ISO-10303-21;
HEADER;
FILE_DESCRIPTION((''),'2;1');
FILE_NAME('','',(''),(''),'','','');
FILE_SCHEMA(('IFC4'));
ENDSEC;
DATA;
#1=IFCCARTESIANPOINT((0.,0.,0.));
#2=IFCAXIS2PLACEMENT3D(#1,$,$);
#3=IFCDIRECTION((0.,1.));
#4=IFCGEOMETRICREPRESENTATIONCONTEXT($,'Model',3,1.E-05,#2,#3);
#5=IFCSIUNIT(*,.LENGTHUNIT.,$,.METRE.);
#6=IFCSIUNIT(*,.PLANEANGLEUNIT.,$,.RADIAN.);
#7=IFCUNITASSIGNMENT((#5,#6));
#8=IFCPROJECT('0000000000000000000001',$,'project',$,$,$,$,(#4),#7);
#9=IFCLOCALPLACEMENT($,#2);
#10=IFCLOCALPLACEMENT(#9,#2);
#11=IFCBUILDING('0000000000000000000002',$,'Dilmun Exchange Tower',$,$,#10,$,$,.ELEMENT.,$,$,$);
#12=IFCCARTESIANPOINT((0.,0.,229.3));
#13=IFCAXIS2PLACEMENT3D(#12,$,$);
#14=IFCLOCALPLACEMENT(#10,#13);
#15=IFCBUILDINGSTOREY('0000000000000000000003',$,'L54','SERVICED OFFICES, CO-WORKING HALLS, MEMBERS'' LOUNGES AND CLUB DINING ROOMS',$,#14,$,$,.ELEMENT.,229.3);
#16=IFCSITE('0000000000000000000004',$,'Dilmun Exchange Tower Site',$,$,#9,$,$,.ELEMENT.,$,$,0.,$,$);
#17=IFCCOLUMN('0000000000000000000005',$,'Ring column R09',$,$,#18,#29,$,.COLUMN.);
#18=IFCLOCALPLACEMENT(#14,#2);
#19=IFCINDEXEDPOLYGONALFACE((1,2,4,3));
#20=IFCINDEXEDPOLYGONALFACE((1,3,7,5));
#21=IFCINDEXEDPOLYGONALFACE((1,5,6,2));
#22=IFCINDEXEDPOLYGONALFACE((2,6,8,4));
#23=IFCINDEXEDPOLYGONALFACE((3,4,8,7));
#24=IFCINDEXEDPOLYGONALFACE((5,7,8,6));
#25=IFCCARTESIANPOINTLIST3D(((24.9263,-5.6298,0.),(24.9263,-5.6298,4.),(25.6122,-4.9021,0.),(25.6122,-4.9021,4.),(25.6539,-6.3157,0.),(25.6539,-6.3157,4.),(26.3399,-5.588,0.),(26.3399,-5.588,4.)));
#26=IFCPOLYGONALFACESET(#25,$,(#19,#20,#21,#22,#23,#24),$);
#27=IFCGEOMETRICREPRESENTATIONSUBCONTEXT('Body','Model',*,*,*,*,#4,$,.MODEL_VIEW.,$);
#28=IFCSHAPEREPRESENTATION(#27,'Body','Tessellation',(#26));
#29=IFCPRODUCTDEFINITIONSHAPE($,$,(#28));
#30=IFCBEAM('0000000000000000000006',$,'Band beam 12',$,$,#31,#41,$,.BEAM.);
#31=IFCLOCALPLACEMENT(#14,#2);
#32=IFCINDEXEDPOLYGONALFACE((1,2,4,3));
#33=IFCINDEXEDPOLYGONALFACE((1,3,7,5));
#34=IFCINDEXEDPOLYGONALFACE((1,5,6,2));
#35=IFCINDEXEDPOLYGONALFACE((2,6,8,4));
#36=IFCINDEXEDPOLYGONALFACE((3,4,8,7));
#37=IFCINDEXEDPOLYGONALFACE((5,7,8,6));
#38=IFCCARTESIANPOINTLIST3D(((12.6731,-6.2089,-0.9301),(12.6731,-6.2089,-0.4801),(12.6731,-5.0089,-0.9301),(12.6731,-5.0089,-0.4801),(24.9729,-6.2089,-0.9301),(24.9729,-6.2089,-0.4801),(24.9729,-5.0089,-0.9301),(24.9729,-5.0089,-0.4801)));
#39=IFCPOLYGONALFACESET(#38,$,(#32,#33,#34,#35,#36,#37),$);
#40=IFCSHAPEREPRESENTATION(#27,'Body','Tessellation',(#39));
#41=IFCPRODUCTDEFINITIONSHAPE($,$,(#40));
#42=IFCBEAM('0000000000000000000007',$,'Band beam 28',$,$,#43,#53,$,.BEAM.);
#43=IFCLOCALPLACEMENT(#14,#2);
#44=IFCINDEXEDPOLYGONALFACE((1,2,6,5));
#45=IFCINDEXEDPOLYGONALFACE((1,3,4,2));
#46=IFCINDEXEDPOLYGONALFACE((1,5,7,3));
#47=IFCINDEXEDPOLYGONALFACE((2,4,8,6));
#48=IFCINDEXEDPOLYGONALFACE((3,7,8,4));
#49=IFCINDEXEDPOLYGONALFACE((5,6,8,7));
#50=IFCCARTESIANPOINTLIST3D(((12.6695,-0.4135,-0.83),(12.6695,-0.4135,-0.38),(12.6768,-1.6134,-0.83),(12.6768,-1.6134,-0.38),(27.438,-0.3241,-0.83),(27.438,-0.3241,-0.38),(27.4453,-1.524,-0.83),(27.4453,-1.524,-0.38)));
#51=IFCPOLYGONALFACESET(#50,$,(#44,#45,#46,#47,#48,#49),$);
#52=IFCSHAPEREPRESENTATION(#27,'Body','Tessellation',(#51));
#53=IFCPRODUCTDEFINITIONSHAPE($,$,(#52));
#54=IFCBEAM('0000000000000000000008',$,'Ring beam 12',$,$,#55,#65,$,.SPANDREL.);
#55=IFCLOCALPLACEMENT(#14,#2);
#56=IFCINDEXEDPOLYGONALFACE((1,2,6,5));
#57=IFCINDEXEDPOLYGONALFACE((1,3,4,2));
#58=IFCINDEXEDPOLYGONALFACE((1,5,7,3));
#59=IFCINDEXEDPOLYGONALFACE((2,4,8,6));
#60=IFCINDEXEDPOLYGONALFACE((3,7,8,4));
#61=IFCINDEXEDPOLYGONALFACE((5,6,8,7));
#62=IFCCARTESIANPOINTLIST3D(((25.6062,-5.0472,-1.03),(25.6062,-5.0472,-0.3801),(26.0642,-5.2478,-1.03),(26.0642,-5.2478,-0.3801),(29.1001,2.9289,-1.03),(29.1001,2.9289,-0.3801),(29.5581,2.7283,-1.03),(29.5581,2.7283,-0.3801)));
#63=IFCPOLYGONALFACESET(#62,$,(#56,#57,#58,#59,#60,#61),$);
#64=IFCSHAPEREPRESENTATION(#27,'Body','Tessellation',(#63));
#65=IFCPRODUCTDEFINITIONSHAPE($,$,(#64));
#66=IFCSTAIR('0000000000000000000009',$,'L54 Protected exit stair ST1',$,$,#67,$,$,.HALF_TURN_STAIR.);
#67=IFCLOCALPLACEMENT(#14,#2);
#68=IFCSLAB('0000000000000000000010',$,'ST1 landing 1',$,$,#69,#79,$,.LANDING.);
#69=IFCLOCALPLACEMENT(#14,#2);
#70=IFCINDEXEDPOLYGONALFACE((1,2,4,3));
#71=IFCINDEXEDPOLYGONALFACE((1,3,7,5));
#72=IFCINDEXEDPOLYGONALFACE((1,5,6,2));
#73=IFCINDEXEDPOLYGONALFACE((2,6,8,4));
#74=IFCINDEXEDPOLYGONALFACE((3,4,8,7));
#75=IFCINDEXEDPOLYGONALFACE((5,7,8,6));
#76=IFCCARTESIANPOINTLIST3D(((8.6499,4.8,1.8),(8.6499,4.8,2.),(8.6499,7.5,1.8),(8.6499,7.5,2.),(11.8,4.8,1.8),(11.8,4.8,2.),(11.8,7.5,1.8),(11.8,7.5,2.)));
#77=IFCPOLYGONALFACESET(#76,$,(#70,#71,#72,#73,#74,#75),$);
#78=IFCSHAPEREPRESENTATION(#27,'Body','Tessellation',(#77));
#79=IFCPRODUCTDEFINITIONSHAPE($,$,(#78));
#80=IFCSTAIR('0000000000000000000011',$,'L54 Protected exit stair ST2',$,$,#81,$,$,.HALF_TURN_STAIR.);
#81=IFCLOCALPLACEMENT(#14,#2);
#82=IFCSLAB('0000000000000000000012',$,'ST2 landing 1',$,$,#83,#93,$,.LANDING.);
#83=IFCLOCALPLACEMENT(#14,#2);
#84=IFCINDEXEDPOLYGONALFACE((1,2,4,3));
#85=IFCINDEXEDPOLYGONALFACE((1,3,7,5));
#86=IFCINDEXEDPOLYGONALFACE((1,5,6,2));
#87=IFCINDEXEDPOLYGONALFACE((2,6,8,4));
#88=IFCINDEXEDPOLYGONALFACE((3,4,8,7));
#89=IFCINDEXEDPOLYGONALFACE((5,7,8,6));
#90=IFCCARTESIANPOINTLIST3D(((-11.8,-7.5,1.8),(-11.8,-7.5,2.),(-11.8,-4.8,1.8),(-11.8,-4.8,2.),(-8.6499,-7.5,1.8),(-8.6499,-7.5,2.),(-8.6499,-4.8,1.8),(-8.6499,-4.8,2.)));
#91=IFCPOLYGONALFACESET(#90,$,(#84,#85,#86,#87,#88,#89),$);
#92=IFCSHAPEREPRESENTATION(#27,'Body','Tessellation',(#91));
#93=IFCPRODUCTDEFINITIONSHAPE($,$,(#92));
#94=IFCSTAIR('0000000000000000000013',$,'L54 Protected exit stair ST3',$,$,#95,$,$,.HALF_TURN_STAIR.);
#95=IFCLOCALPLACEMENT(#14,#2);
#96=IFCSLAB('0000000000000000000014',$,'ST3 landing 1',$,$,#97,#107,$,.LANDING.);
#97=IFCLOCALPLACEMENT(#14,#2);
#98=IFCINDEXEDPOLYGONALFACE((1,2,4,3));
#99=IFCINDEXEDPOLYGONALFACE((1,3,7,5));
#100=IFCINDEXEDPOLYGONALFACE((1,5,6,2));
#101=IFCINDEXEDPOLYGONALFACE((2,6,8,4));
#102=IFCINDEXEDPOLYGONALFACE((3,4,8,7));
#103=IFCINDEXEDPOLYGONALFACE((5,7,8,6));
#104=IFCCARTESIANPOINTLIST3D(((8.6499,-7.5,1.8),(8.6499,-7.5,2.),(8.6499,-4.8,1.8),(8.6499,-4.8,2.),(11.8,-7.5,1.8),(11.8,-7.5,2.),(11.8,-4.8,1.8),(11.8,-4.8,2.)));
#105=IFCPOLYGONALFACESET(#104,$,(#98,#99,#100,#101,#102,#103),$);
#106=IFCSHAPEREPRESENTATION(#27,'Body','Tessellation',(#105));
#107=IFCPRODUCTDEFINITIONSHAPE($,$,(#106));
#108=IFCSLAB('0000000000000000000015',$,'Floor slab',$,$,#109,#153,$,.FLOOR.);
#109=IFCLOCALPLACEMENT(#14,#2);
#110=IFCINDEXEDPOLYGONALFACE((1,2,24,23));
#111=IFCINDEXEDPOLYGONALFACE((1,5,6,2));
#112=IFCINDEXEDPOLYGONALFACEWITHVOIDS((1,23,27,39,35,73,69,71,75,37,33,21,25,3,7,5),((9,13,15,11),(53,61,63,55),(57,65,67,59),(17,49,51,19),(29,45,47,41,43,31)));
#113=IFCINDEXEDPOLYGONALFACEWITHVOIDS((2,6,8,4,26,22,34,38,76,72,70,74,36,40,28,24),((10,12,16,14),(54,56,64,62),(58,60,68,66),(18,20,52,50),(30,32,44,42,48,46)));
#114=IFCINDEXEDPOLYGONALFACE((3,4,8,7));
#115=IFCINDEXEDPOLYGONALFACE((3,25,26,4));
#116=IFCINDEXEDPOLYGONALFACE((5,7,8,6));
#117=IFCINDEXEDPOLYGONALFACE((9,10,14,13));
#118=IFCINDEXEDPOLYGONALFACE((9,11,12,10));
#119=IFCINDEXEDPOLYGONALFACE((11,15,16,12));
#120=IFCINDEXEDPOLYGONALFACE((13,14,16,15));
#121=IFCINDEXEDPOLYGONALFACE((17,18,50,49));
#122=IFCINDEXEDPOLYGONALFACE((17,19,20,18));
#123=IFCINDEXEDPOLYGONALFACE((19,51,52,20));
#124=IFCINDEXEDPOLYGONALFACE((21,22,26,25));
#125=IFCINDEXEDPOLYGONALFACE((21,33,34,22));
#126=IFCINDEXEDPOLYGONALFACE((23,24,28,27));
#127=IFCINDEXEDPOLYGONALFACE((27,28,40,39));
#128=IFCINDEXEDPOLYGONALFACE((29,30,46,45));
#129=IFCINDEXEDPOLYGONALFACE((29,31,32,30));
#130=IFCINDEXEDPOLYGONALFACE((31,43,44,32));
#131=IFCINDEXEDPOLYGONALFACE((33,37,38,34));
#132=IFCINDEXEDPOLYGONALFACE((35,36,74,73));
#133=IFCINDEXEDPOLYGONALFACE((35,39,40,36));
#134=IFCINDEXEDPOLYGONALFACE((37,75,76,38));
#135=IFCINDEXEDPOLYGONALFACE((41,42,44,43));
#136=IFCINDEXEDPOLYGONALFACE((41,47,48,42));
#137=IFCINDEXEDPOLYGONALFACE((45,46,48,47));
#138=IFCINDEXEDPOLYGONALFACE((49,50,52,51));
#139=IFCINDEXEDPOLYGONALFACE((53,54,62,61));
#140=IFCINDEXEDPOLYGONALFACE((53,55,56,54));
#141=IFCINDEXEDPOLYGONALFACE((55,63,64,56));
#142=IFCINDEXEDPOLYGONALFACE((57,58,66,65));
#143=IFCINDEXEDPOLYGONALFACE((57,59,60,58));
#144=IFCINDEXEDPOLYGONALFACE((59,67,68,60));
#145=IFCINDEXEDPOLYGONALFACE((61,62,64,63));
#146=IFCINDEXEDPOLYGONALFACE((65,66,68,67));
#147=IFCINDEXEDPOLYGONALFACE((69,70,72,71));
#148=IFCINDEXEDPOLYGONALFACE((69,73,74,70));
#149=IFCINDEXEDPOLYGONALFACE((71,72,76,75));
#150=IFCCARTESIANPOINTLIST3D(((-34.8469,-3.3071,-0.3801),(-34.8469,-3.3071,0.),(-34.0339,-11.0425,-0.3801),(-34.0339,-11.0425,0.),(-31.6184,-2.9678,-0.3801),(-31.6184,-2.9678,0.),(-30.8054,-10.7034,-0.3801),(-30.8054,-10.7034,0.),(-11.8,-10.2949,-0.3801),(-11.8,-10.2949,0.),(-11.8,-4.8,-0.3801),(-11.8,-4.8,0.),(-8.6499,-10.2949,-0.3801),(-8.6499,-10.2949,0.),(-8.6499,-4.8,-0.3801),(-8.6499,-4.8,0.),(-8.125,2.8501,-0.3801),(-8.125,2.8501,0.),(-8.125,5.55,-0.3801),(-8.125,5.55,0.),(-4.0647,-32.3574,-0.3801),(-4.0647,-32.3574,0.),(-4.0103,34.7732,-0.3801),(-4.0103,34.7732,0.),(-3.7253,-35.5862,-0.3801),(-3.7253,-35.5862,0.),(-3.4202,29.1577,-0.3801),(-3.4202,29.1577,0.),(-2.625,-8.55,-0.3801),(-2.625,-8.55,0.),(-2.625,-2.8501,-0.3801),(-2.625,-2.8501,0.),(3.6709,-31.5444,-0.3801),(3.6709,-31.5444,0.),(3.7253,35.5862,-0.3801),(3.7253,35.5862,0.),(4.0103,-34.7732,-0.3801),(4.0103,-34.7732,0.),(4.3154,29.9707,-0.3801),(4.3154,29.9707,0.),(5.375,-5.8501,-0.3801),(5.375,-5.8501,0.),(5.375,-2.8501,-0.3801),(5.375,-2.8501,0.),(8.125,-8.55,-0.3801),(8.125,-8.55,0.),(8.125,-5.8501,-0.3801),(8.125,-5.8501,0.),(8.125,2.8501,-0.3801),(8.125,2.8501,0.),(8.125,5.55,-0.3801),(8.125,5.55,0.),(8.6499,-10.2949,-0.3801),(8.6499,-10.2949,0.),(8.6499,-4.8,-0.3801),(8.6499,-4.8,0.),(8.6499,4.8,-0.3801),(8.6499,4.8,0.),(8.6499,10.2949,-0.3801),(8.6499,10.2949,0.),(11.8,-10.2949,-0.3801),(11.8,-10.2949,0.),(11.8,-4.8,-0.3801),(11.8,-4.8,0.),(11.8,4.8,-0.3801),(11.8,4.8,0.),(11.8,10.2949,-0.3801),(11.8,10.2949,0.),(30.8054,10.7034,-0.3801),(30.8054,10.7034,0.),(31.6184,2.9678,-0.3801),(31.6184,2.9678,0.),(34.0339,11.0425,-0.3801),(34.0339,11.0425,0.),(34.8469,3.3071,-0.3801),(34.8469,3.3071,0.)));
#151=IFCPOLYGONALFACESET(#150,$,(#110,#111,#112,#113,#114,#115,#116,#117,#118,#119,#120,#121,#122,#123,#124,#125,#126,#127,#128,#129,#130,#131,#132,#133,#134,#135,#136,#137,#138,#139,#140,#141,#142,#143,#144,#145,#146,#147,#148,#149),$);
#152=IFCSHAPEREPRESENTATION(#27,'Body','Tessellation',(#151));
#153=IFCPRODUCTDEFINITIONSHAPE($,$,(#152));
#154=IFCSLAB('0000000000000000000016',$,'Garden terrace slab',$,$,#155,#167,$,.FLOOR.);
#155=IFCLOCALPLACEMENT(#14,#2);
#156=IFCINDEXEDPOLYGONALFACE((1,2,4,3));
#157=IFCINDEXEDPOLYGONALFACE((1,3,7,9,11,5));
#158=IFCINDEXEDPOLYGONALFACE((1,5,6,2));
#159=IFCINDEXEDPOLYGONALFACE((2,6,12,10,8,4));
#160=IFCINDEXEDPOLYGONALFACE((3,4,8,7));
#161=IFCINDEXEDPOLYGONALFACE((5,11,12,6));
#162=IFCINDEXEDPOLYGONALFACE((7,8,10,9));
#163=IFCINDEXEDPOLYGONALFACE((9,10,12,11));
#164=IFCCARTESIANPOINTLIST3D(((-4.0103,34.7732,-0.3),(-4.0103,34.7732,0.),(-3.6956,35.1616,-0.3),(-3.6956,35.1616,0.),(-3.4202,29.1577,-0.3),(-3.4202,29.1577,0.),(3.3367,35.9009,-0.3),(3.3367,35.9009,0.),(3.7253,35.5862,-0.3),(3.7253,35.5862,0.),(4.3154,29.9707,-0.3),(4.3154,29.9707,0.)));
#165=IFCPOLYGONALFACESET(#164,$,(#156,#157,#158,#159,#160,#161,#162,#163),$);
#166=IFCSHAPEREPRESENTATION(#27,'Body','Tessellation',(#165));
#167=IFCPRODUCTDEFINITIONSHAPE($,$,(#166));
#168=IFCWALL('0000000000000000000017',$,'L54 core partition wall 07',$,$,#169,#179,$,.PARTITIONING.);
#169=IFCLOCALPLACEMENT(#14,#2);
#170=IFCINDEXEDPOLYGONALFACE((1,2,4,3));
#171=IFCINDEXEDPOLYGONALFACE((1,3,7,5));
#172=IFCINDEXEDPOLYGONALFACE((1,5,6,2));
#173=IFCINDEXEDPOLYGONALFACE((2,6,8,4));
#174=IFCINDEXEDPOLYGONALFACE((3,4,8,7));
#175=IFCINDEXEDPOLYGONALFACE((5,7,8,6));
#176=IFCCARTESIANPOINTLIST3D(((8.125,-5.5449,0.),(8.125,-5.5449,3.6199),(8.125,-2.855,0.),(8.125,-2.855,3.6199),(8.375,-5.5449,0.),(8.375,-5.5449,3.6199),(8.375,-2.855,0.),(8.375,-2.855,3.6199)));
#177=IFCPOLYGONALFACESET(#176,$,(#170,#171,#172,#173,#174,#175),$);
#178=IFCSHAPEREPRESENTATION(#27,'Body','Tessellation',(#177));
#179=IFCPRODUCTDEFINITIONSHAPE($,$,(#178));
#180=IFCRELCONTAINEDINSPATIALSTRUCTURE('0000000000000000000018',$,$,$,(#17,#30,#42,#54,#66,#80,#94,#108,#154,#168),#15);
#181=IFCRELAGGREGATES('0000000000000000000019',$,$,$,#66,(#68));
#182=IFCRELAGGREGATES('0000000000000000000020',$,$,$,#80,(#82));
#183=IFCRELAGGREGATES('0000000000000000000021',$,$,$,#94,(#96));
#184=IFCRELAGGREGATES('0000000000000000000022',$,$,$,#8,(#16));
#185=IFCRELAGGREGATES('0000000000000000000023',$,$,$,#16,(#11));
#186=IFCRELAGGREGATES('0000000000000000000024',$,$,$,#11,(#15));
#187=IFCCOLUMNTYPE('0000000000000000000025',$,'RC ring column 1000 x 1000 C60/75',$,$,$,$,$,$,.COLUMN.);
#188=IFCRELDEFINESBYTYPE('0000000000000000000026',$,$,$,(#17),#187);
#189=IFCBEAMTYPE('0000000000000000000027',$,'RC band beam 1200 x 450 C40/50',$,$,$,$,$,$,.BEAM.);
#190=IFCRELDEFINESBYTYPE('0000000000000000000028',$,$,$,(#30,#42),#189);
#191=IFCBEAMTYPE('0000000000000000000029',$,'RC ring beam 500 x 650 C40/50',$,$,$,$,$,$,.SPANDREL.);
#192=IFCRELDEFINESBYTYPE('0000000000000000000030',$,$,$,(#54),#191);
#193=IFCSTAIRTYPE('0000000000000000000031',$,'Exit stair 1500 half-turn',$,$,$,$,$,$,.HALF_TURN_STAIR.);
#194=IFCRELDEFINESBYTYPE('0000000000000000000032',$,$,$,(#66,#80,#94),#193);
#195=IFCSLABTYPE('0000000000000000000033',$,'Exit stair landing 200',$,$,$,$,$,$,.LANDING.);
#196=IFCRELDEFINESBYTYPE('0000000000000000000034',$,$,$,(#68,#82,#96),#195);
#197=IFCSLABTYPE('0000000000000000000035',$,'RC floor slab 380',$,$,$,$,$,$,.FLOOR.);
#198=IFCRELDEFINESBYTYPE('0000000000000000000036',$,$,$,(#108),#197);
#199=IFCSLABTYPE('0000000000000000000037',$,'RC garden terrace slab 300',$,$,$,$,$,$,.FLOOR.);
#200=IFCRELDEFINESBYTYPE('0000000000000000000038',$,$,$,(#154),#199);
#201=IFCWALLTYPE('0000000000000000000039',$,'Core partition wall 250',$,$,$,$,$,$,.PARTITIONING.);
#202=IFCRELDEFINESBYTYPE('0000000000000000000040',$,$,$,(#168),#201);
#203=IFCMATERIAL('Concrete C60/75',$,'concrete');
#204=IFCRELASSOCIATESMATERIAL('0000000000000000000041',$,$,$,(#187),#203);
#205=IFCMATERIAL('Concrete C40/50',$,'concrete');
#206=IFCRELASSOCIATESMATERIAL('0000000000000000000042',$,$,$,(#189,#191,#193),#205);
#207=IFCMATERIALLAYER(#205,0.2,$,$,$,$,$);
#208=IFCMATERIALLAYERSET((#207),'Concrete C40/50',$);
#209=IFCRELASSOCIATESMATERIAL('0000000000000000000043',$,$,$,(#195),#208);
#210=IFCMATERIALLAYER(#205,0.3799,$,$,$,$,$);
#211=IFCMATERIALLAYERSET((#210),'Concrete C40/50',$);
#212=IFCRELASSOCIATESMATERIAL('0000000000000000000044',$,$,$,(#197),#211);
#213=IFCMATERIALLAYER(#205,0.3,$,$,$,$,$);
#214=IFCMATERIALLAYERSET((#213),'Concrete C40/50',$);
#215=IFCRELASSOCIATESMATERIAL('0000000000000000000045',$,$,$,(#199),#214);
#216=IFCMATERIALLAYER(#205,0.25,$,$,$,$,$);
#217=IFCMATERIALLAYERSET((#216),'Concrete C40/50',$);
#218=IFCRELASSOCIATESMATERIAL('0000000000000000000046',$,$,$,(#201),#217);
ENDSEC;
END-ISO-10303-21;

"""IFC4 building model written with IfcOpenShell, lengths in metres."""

from ifc_helpers import new_model, si_unit, direction, frame, frame_2d, origin, origin_2d, place, context, subcontext, project, spatial, polyline, rectangle, outline, extrude, material, layer, layer_set, material_profile, profile_set, type_object, element, aggregate, save


model = new_model("IFC4")

# Units and contexts
model_context = context("Model", 3, precision=1e-05, world=origin(), true_north=direction((0.0, 1.0)))
body_context = subcontext(model_context, "Body", "Model", "MODEL_VIEW")
ifc_project = project(units=[si_unit("LENGTHUNIT", "METRE"), si_unit("PLANEANGLEUNIT", "RADIAN")], contexts=[model_context])

# Site, building, storey
site_placement = place(None, origin())
site = spatial("IfcSite", under=ifc_project, at=site_placement, Name="Dilmun Exchange Tower Site", CompositionType="ELEMENT", RefElevation=0.0)
building_placement = place(site_placement, origin())
building = spatial("IfcBuilding", under=site, at=building_placement, Name="Dilmun Exchange Tower", CompositionType="ELEMENT")
storey_placement = place(building_placement, frame((0.0, 0.0, 229.3)))
storey = spatial("IfcBuildingStorey", under=building, at=storey_placement, Name="L54", Description="SERVICED OFFICES, CO-WORKING HALLS, MEMBERS' LOUNGES AND CLUB DINING ROOMS", CompositionType="ELEMENT", Elevation=229.3)

# Column
ifc_material_1 = material(Name="Concrete C60/75", Category="concrete")
ifc_material_profile_1 = material_profile(ifc_material_1, rectangle(XDim=1.0, YDim=1.0, at=origin_2d()), Name="1000 x 1000")
ifc_profile_set_1 = profile_set([ifc_material_profile_1], Name="Concrete C60/75")
column_type = type_object("IfcColumnType", Name="RC ring column 1000 x 1000 C60/75", PredefinedType="COLUMN", material=ifc_profile_set_1)
column_placement = place(storey_placement, frame((25.6331, -5.6089, 0.0), z_axis=(0.0, 0.0, 1.0), x_axis=(0.685916, 0.727681, 0.0)))
element("IfcColumn", 1, at=column_placement, inside=storey, type_object=column_type, Name="Ring column R09", PredefinedType="COLUMN", context=body_context, shape_type="SweptSolid", body=[
    extrude(rectangle(XDim=1.0, YDim=1.0, at=origin_2d()), origin(), (0.0, 0.0, 1.0), 4.0),
])

# Beams
ifc_material_2 = material(Name="Concrete C40/50", Category="concrete")
ifc_material_profile_2 = material_profile(ifc_material_2, rectangle(XDim=1.2, YDim=0.45, at=origin_2d()), Name="1200 x 450")
ifc_profile_set_2 = profile_set([ifc_material_profile_2], Name="Concrete C40/50")
beam_type_1 = type_object("IfcBeamType", Name="RC band beam 1200 x 450 C40/50", PredefinedType="BEAM", material=ifc_profile_set_2)
beam_1_placement = place(storey_placement, frame((24.9729, -5.6089, -0.7051), z_axis=(-1.0, 0.0, 0.0), x_axis=(0.0, -1.0, 0.0)))
element("IfcBeam", 2, at=beam_1_placement, inside=storey, type_object=beam_type_1, Name="Band beam 12", PredefinedType="BEAM", context=body_context, shape_type="SweptSolid", body=[
    extrude(rectangle(XDim=1.2, YDim=0.45, at=origin_2d()), origin(), (0.0, 0.0, 1.0), 12.2998),
])
beam_2_placement = place(storey_placement, frame((27.4417, -0.9241, -0.605), z_axis=(-0.999982, -0.00605, 0.0), x_axis=(0.00605, -0.999982, 0.0)))
element("IfcBeam", 3, at=beam_2_placement, inside=storey, type_object=beam_type_1, Name="Band beam 28", PredefinedType="BEAM", context=body_context, shape_type="SweptSolid", body=[
    extrude(rectangle(XDim=1.2, YDim=0.45, at=origin_2d()), origin(), (0.0, 0.0, 1.0), 14.7688),
])
ifc_material_profile_3 = material_profile(ifc_material_2, rectangle(XDim=0.5, YDim=0.6499, at=origin_2d()), Name="500 x 650")
ifc_profile_set_3 = profile_set([ifc_material_profile_3], Name="Concrete C40/50")
beam_type_2 = type_object("IfcBeamType", Name="RC ring beam 500 x 650 C40/50", PredefinedType="SPANDREL", material=ifc_profile_set_3)
beam_3_placement = place(storey_placement, frame((25.8352, -5.1475, -0.7051), z_axis=(0.401239, 0.915973, 0.0), x_axis=(-0.915973, 0.401239, 0.0)))
element("IfcBeam", 4, at=beam_3_placement, inside=storey, type_object=beam_type_2, Name="Ring beam 12", PredefinedType="SPANDREL", context=body_context, shape_type="SweptSolid", body=[
    extrude(rectangle(XDim=0.5, YDim=0.6499, at=origin_2d()), origin(), (0.0, 0.0, 1.0), 8.7078),
])

# Stairs, slabs
stair_type = type_object("IfcStairType", Name="Exit stair 1500 half-turn", PredefinedType="HALF_TURN_STAIR", material=ifc_material_2)
stair_1_placement = place(storey_placement, origin())
stair_1 = element("IfcStair", 5, at=stair_1_placement, inside=storey, type_object=stair_type, Name="L54 Protected exit stair ST1", PredefinedType="HALF_TURN_STAIR")
ifc_layer_1 = layer(ifc_material_2, 0.2)
ifc_layer_set_1 = layer_set([ifc_layer_1], Name="Concrete C40/50")
slab_type_1 = type_object("IfcSlabType", Name="Exit stair landing 200", PredefinedType="LANDING", material=ifc_layer_set_1)
slab_1_placement = place(storey_placement, frame((0.0, 0.0, 1.8)))
slab_1 = element("IfcSlab", 6, at=slab_1_placement, type_object=slab_type_1, Name="ST1 landing 1", PredefinedType="LANDING", context=body_context, shape_type="SweptSolid", body=[
    extrude(outline(polyline([(8.6499, 7.5), (8.6499, 4.8), (11.8, 4.8), (11.8, 7.5), (8.6499, 7.5)])), origin(), (0.0, 0.0, 1.0), 0.2),
])
aggregate(stair_1, [slab_1])
stair_2_placement = place(storey_placement, origin())
stair_2 = element("IfcStair", 7, at=stair_2_placement, inside=storey, type_object=stair_type, Name="L54 Protected exit stair ST2", PredefinedType="HALF_TURN_STAIR")
slab_2_placement = place(storey_placement, frame((0.0, 0.0, 1.8)))
slab_2 = element("IfcSlab", 8, at=slab_2_placement, type_object=slab_type_1, Name="ST2 landing 1", PredefinedType="LANDING", context=body_context, shape_type="SweptSolid", body=[
    extrude(outline(polyline([(-8.6499, -7.5), (-8.6499, -4.8), (-11.8, -4.8), (-11.8, -7.5), (-8.6499, -7.5)])), origin(), (0.0, 0.0, 1.0), 0.2),
])
aggregate(stair_2, [slab_2])
stair_3_placement = place(storey_placement, origin())
stair_3 = element("IfcStair", 9, at=stair_3_placement, inside=storey, type_object=stair_type, Name="L54 Protected exit stair ST3", PredefinedType="HALF_TURN_STAIR")
slab_3_placement = place(storey_placement, frame((0.0, 0.0, 1.8)))
slab_3 = element("IfcSlab", 10, at=slab_3_placement, type_object=slab_type_1, Name="ST3 landing 1", PredefinedType="LANDING", context=body_context, shape_type="SweptSolid", body=[
    extrude(outline(polyline([(11.8, -7.5), (11.8, -4.8), (8.6499, -4.8), (8.6499, -7.5), (11.8, -7.5)])), origin(), (0.0, 0.0, 1.0), 0.2),
])
aggregate(stair_3, [slab_3])

# Slabs
ifc_layer_2 = layer(ifc_material_2, 0.3799)
ifc_layer_set_2 = layer_set([ifc_layer_2], Name="Concrete C40/50")
slab_type_2 = type_object("IfcSlabType", Name="RC floor slab 380", PredefinedType="FLOOR", material=ifc_layer_set_2)
slab_4_placement = place(storey_placement, frame((0.0, 0.0, -0.3801)))
element("IfcSlab", 11, at=slab_4_placement, inside=storey, type_object=slab_type_2, Name="Floor slab", PredefinedType="FLOOR", context=body_context, shape_type="SweptSolid", body=[
    extrude(outline(polyline([(30.8054, 10.7034), (31.6184, 2.9678), (34.8469, 3.3071), (4.0103, -34.7732), (3.6709, -31.5444), (-4.0647, -32.3574), (-3.7253, -35.5862), (-34.0339, -11.0425), (-30.8054, -10.7034), (-31.6184, -2.9678), (-34.8469, -3.3071), (-4.0103, 34.7732), (-3.4202, 29.1577), (4.3154, 29.9707), (3.7253, 35.5862), (34.0339, 11.0425), (30.8054, 10.7034)]), holes=[polyline([(-8.6499, -4.8), (-11.8, -4.8), (-11.8, -10.2949), (-8.6499, -10.2949), (-8.6499, -4.8)]), polyline([(11.8, -4.8), (8.6499, -4.8), (8.6499, -10.2949), (11.8, -10.2949), (11.8, -4.8)]), polyline([(5.375, -2.8501), (-2.625, -2.8501), (-2.625, -8.55), (8.125, -8.55), (8.125, -5.8501), (5.375, -5.8501), (5.375, -2.8501)]), polyline([(8.125, 2.8501), (8.125, 5.55), (-8.125, 5.55), (-8.125, 2.8501), (8.125, 2.8501)]), polyline([(8.6499, 10.2949), (8.6499, 4.8), (11.8, 4.8), (11.8, 10.2949), (8.6499, 10.2949)])]), origin(), (0.0, 0.0, 1.0), 0.3801),
])
ifc_layer_3 = layer(ifc_material_2, 0.3)
ifc_layer_set_3 = layer_set([ifc_layer_3], Name="Concrete C40/50")
slab_type_3 = type_object("IfcSlabType", Name="RC garden terrace slab 300", PredefinedType="FLOOR", material=ifc_layer_set_3)
slab_5_placement = place(storey_placement, frame((0.0, 0.0, -0.3)))
element("IfcSlab", 12, at=slab_5_placement, inside=storey, type_object=slab_type_3, Name="Garden terrace slab", PredefinedType="FLOOR", context=body_context, shape_type="SweptSolid", body=[
    extrude(outline(polyline([(-3.4202, 29.1577), (-4.0103, 34.7732), (-3.6956, 35.1616), (3.3367, 35.9009), (3.7253, 35.5862), (4.3154, 29.9707), (-3.4202, 29.1577)])), origin(), (0.0, 0.0, 1.0), 0.3),
])

# Wall
ifc_layer_4 = layer(ifc_material_2, 0.25)
ifc_layer_set_4 = layer_set([ifc_layer_4], Name="Concrete C40/50")
wall_type_1 = type_object("IfcWallType", Name="Core partition wall 250", PredefinedType="PARTITIONING", material=ifc_layer_set_4)
wall_1_placement = place(storey_placement, frame((8.25, -5.5449, 0.0), z_axis=(0.0, 0.0, 1.0), x_axis=(0.0, 1.0, 0.0)))
element("IfcWall", 13, at=wall_1_placement, inside=storey, type_object=wall_type_1, Name="L54 core partition wall 07", PredefinedType="PARTITIONING", context=body_context, shape_type="SweptSolid", body=[
    extrude(rectangle(XDim=2.6899, YDim=0.25, at=frame_2d((1.345, 0.0))), origin(), (0.0, 0.0, 1.0), 3.6199),
])

save(model, "model.ifc")
